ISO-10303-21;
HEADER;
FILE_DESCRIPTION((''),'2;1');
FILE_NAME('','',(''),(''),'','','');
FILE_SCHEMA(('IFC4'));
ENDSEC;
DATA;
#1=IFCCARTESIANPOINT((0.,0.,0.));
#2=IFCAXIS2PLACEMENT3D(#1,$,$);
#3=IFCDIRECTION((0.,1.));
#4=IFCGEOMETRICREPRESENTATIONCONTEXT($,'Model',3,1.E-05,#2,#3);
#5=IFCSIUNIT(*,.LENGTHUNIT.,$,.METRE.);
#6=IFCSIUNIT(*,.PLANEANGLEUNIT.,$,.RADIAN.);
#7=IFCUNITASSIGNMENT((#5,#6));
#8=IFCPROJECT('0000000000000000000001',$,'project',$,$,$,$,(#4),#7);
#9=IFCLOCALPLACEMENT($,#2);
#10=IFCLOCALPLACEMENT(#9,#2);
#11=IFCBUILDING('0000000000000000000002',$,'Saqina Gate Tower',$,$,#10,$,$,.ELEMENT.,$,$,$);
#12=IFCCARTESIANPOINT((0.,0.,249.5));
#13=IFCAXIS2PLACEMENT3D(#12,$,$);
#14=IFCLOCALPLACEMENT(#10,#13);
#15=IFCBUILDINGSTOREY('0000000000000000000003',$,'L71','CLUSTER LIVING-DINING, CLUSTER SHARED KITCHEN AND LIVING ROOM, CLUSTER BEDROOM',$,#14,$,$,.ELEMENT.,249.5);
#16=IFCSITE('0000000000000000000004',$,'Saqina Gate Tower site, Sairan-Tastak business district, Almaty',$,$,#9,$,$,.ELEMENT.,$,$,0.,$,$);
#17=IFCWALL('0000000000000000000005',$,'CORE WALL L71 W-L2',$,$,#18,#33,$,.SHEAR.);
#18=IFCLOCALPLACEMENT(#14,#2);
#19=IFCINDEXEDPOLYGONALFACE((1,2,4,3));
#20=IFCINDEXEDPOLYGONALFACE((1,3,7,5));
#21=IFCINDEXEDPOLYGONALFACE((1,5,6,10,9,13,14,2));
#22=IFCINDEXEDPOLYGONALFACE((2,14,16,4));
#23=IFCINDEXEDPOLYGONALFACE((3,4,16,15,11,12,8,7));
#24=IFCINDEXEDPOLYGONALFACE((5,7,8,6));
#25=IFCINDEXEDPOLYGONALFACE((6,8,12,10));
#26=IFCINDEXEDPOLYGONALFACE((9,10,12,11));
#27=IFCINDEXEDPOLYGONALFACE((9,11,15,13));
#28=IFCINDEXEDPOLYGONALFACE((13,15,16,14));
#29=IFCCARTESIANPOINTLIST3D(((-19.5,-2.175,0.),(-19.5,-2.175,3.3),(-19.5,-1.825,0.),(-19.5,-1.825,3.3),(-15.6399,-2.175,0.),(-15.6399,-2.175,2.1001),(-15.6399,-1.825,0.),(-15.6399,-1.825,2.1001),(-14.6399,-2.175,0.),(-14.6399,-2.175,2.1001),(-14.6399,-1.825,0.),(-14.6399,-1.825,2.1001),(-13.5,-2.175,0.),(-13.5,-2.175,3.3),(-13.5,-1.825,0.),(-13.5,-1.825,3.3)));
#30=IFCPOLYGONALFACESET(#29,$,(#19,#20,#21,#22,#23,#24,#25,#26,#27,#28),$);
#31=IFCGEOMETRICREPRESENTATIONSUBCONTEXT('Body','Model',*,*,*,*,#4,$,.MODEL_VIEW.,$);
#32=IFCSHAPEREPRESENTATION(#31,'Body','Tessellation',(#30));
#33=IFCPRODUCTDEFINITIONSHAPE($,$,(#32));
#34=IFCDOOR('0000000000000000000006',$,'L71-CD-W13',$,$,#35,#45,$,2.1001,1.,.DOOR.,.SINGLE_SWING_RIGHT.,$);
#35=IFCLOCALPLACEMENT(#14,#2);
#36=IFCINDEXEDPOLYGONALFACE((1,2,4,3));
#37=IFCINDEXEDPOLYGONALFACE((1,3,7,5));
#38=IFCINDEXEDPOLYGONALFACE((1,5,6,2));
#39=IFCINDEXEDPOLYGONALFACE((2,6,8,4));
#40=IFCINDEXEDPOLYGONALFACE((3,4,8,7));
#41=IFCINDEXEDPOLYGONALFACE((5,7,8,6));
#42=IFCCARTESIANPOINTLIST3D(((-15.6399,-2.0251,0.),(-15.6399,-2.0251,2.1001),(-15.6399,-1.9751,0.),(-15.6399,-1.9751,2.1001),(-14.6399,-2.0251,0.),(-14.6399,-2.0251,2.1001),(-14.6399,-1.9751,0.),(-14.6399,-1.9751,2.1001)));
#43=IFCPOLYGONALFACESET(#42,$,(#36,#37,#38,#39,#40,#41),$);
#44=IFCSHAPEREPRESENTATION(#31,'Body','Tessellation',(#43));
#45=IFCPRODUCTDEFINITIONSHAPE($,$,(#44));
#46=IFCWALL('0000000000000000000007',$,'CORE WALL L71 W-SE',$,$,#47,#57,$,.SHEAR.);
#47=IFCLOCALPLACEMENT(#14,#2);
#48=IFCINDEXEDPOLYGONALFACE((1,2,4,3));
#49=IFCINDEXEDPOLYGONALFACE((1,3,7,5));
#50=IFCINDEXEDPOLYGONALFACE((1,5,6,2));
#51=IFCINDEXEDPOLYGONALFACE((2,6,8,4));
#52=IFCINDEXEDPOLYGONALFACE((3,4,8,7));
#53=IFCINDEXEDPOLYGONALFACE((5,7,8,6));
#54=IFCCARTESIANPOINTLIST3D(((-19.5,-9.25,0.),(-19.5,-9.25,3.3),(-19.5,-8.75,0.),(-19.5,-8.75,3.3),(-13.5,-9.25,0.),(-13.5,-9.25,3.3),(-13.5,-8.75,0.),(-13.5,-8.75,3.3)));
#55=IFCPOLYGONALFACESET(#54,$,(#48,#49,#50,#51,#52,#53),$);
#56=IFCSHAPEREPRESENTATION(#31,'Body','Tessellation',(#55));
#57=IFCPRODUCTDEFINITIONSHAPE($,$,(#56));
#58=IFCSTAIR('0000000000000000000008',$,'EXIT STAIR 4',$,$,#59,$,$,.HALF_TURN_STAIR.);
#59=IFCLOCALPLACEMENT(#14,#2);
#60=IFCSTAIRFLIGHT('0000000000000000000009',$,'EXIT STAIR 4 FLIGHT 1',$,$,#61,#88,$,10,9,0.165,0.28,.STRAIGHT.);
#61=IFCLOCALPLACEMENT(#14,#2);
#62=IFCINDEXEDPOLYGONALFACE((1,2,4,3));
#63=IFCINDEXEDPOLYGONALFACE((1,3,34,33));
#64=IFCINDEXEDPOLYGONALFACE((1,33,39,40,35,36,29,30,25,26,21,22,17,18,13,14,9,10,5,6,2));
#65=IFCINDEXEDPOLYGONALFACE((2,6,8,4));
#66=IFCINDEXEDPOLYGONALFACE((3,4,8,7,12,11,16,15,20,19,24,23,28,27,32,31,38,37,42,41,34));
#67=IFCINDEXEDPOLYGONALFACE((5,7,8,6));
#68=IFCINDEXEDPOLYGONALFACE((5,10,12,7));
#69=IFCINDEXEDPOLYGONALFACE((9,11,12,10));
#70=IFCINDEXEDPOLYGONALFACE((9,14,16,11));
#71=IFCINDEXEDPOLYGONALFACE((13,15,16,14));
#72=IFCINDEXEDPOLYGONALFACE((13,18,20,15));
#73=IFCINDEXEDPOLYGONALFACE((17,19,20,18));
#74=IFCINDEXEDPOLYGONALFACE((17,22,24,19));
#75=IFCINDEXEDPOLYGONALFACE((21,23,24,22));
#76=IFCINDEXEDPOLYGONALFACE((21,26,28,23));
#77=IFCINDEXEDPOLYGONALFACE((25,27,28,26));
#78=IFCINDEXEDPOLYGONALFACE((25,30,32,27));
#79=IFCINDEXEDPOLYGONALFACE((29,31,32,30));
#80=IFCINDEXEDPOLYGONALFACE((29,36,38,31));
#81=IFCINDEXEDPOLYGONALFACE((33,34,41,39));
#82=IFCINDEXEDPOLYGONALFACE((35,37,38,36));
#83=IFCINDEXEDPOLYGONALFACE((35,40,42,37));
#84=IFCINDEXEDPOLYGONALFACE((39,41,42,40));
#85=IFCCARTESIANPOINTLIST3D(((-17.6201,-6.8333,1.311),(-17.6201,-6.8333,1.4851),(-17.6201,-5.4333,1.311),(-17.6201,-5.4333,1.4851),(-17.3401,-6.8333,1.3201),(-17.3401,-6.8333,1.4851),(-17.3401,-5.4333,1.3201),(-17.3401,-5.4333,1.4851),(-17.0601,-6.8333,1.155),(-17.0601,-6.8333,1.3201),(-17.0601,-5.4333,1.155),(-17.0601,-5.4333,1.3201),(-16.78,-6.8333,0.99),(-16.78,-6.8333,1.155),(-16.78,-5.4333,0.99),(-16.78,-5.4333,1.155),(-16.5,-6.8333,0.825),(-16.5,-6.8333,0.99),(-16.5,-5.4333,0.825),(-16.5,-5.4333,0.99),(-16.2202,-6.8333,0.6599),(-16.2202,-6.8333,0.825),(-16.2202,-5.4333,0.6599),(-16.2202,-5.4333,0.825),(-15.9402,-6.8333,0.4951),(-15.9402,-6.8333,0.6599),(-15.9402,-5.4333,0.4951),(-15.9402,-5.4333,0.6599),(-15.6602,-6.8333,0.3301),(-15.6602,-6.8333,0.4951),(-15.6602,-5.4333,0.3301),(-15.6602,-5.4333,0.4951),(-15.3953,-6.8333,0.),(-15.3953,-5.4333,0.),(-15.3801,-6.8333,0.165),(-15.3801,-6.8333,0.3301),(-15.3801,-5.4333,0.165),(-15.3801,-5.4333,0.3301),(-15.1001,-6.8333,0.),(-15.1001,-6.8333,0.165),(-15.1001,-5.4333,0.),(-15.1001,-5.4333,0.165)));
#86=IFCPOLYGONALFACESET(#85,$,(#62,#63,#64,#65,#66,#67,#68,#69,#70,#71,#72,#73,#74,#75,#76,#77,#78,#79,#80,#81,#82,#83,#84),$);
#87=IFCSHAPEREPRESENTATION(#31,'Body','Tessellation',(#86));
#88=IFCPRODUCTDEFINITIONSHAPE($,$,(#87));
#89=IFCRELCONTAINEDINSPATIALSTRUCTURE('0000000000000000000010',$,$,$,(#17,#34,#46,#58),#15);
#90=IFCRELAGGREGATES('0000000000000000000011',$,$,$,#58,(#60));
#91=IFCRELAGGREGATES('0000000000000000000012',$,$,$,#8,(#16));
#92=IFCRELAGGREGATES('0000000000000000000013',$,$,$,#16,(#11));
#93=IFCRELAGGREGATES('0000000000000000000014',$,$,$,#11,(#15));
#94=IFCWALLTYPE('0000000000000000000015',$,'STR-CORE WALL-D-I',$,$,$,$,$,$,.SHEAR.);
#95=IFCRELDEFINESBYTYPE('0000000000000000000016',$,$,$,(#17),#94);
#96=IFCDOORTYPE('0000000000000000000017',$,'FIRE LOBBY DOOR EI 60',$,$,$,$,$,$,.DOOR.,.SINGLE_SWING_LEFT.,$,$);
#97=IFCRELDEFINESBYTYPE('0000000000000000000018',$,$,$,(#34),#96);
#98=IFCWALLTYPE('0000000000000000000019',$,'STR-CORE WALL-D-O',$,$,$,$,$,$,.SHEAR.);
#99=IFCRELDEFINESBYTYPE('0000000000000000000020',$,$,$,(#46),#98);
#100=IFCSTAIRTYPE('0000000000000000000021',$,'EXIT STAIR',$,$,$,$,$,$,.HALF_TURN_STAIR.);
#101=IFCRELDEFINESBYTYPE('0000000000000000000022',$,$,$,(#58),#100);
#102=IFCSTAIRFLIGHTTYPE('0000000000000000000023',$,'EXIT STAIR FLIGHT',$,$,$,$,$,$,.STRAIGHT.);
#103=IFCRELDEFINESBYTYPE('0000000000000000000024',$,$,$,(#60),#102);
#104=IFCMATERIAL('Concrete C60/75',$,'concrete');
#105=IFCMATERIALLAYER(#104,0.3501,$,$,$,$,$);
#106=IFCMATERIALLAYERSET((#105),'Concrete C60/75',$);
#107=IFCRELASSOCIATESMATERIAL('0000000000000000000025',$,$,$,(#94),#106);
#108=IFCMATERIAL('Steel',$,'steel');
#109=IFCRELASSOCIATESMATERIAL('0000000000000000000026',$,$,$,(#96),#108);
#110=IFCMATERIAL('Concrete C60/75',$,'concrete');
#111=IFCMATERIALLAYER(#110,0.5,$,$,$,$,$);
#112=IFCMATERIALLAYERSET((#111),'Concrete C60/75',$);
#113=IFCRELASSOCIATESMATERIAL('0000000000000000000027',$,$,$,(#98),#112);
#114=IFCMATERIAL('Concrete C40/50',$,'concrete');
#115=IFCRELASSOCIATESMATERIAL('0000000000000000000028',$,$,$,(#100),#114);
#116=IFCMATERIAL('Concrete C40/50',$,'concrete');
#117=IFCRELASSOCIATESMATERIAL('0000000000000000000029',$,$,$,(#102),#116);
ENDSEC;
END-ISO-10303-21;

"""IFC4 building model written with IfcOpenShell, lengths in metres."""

from ifc_helpers import new_model, si_unit, direction, frame, frame_2d, origin, place, context, subcontext, project, spatial, polyline, rectangle, outline, extrude, material, layer, layer_set, type_object, element, fill, aggregate, save


model = new_model("IFC4")

# Units and contexts
model_context = context("Model", 3, precision=1e-05, world=origin(), true_north=direction((0.0, 1.0)))
body_context = subcontext(model_context, "Body", "Model", "MODEL_VIEW")
ifc_project = project(units=[si_unit("LENGTHUNIT", "METRE"), si_unit("PLANEANGLEUNIT", "RADIAN")], contexts=[model_context])

# Site, building, storey
site_placement = place(None, origin())
site = spatial("IfcSite", under=ifc_project, at=site_placement, Name="Saqina Gate Tower site, Sairan-Tastak business district, Almaty", CompositionType="ELEMENT", RefElevation=0.0)
building_placement = place(site_placement, origin())
building = spatial("IfcBuilding", under=site, at=building_placement, Name="Saqina Gate Tower", CompositionType="ELEMENT")
storey_placement = place(building_placement, frame((0.0, 0.0, 249.5)))
storey = spatial("IfcBuildingStorey", under=building, at=storey_placement, Name="L71", Description="CLUSTER LIVING-DINING, CLUSTER SHARED KITCHEN AND LIVING ROOM, CLUSTER BEDROOM", CompositionType="ELEMENT", Elevation=249.5)

# Wall, opening, door
ifc_material_1 = material(Name="Concrete C60/75", Category="concrete")
ifc_layer_1 = layer(ifc_material_1, 0.3501)
ifc_layer_set_1 = layer_set([ifc_layer_1], Name="Concrete C60/75")
wall_type_1 = type_object("IfcWallType", Name="STR-CORE WALL-D-I", PredefinedType="SHEAR", material=ifc_layer_set_1)
wall_1_placement = place(storey_placement, frame((-13.5, -2.0, 0.0), z_axis=(0.0, 0.0, 1.0), x_axis=(-1.0, 0.0, 0.0)))
wall_1 = element("IfcWall", 1, at=wall_1_placement, inside=storey, type_object=wall_type_1, Name="CORE WALL L71 W-L2", PredefinedType="SHEAR", context=body_context, shape_type="SweptSolid", body=[
    extrude(rectangle(XDim=6.0, YDim=0.3501, at=frame_2d((3.0, 0.0))), origin(), (0.0, 0.0, 1.0), 3.3),
])
opening_1_placement = place(wall_1_placement, frame((1.1399, 0.0, 0.0)))
opening_1 = element("IfcOpeningElement", 2, at=opening_1_placement, cuts=wall_1, PredefinedType="OPENING", context=body_context, shape_type="SweptSolid", body=[
    extrude(rectangle(XDim=1.0, YDim=2.1001, at=frame_2d((0.5, 1.05))), frame((0.0, 0.187, 0.0), z_axis=(0.0, -1.0, 0.0), x_axis=(1.0, 0.0, 0.0)), (0.0, 0.0, 1.0), 0.374),
])
ifc_material_2 = material(Name="Steel", Category="steel")
door_type_1 = type_object("IfcDoorType", Name="FIRE LOBBY DOOR EI 60", OperationType="SINGLE_SWING_LEFT", PredefinedType="DOOR", material=ifc_material_2)
door_1_placement = place(opening_1_placement, frame((1.0, 0.0, 0.0), z_axis=(0.0, 0.0, 1.0), x_axis=(-1.0, 0.0, 0.0)))
door_1 = element("IfcDoor", 3, at=door_1_placement, inside=storey, type_object=door_type_1, Name="L71-CD-W13", OperationType="SINGLE_SWING_RIGHT", OverallHeight=2.1001, OverallWidth=1.0, PredefinedType="DOOR", context=body_context, shape_type="SweptSolid", body=[
    extrude(rectangle(XDim=1.0, YDim=2.1001, at=frame_2d((0.5, 1.05))), frame((0.0, 0.0249, 0.0), z_axis=(0.0, -1.0, 0.0), x_axis=(1.0, 0.0, 0.0)), (0.0, 0.0, 1.0), 0.05),
])
fill(opening_1, door_1)

# Shared definitions
ifc_material_3 = material(Name="Concrete C60/75", Category="concrete")
ifc_layer_2 = layer(ifc_material_3, 0.5)
ifc_layer_set_2 = layer_set([ifc_layer_2], Name="Concrete C60/75")
wall_type_2 = type_object("IfcWallType", Name="STR-CORE WALL-D-O", PredefinedType="SHEAR", material=ifc_layer_set_2)

# Wall
wall_2_placement = place(storey_placement, frame((-13.5, -9.0, 0.0), z_axis=(0.0, 0.0, 1.0), x_axis=(-1.0, 0.0, 0.0)))
element("IfcWall", 4, at=wall_2_placement, inside=storey, type_object=wall_type_2, Name="CORE WALL L71 W-SE", PredefinedType="SHEAR", context=body_context, shape_type="SweptSolid", body=[
    extrude(rectangle(XDim=6.0, YDim=0.5, at=frame_2d((3.0, 0.0))), origin(), (0.0, 0.0, 1.0), 3.3),
])

# Stair, stair flight
ifc_material_4 = material(Name="Concrete C40/50", Category="concrete")
stair_type = type_object("IfcStairType", Name="EXIT STAIR", PredefinedType="HALF_TURN_STAIR", material=ifc_material_4)
stair_placement = place(storey_placement, origin())
stair = element("IfcStair", 5, at=stair_placement, inside=storey, type_object=stair_type, Name="EXIT STAIR 4", PredefinedType="HALF_TURN_STAIR")
ifc_material_5 = material(Name="Concrete C40/50", Category="concrete")
stair_flight_type = type_object("IfcStairFlightType", Name="EXIT STAIR FLIGHT", PredefinedType="STRAIGHT", material=ifc_material_5)
stair_flight_placement = place(storey_placement, frame((-15.1001, -6.1333, 0.0), z_axis=(0.0, 0.0, 1.0), x_axis=(-1.0, 0.0, 0.0)))
stair_flight = element("IfcStairFlight", 6, at=stair_flight_placement, type_object=stair_flight_type, Name="EXIT STAIR 4 FLIGHT 1", NumberOfRisers=10, NumberOfTreads=9, PredefinedType="STRAIGHT", RiserHeight=0.165, TreadLength=0.28, context=body_context, shape_type="SweptSolid", body=[
    extrude(outline(polyline([(0.0, 0.0), (0.0, 0.165), (0.28, 0.165), (0.28, 0.3301), (0.5601, 0.3301), (0.5601, 0.4951), (0.8401, 0.4951), (0.8401, 0.6599), (1.1201, 0.6599), (1.1201, 0.825), (1.3999, 0.825), (1.3999, 0.99), (1.6799, 0.99), (1.6799, 1.155), (1.96, 1.155), (1.96, 1.3201), (2.24, 1.3201), (2.24, 1.4851), (2.52, 1.4851), (2.52, 1.6499), (2.52, 1.311), (0.2952, 0.0), (0.0, 0.0)])), frame((0.0, 0.7, 0.0), z_axis=(0.0, -1.0, 0.0), x_axis=(1.0, 0.0, 0.0)), (0.0, 0.0, 1.0), 1.3999),
])
aggregate(stair, [stair_flight])

save(model, "model.ifc")
